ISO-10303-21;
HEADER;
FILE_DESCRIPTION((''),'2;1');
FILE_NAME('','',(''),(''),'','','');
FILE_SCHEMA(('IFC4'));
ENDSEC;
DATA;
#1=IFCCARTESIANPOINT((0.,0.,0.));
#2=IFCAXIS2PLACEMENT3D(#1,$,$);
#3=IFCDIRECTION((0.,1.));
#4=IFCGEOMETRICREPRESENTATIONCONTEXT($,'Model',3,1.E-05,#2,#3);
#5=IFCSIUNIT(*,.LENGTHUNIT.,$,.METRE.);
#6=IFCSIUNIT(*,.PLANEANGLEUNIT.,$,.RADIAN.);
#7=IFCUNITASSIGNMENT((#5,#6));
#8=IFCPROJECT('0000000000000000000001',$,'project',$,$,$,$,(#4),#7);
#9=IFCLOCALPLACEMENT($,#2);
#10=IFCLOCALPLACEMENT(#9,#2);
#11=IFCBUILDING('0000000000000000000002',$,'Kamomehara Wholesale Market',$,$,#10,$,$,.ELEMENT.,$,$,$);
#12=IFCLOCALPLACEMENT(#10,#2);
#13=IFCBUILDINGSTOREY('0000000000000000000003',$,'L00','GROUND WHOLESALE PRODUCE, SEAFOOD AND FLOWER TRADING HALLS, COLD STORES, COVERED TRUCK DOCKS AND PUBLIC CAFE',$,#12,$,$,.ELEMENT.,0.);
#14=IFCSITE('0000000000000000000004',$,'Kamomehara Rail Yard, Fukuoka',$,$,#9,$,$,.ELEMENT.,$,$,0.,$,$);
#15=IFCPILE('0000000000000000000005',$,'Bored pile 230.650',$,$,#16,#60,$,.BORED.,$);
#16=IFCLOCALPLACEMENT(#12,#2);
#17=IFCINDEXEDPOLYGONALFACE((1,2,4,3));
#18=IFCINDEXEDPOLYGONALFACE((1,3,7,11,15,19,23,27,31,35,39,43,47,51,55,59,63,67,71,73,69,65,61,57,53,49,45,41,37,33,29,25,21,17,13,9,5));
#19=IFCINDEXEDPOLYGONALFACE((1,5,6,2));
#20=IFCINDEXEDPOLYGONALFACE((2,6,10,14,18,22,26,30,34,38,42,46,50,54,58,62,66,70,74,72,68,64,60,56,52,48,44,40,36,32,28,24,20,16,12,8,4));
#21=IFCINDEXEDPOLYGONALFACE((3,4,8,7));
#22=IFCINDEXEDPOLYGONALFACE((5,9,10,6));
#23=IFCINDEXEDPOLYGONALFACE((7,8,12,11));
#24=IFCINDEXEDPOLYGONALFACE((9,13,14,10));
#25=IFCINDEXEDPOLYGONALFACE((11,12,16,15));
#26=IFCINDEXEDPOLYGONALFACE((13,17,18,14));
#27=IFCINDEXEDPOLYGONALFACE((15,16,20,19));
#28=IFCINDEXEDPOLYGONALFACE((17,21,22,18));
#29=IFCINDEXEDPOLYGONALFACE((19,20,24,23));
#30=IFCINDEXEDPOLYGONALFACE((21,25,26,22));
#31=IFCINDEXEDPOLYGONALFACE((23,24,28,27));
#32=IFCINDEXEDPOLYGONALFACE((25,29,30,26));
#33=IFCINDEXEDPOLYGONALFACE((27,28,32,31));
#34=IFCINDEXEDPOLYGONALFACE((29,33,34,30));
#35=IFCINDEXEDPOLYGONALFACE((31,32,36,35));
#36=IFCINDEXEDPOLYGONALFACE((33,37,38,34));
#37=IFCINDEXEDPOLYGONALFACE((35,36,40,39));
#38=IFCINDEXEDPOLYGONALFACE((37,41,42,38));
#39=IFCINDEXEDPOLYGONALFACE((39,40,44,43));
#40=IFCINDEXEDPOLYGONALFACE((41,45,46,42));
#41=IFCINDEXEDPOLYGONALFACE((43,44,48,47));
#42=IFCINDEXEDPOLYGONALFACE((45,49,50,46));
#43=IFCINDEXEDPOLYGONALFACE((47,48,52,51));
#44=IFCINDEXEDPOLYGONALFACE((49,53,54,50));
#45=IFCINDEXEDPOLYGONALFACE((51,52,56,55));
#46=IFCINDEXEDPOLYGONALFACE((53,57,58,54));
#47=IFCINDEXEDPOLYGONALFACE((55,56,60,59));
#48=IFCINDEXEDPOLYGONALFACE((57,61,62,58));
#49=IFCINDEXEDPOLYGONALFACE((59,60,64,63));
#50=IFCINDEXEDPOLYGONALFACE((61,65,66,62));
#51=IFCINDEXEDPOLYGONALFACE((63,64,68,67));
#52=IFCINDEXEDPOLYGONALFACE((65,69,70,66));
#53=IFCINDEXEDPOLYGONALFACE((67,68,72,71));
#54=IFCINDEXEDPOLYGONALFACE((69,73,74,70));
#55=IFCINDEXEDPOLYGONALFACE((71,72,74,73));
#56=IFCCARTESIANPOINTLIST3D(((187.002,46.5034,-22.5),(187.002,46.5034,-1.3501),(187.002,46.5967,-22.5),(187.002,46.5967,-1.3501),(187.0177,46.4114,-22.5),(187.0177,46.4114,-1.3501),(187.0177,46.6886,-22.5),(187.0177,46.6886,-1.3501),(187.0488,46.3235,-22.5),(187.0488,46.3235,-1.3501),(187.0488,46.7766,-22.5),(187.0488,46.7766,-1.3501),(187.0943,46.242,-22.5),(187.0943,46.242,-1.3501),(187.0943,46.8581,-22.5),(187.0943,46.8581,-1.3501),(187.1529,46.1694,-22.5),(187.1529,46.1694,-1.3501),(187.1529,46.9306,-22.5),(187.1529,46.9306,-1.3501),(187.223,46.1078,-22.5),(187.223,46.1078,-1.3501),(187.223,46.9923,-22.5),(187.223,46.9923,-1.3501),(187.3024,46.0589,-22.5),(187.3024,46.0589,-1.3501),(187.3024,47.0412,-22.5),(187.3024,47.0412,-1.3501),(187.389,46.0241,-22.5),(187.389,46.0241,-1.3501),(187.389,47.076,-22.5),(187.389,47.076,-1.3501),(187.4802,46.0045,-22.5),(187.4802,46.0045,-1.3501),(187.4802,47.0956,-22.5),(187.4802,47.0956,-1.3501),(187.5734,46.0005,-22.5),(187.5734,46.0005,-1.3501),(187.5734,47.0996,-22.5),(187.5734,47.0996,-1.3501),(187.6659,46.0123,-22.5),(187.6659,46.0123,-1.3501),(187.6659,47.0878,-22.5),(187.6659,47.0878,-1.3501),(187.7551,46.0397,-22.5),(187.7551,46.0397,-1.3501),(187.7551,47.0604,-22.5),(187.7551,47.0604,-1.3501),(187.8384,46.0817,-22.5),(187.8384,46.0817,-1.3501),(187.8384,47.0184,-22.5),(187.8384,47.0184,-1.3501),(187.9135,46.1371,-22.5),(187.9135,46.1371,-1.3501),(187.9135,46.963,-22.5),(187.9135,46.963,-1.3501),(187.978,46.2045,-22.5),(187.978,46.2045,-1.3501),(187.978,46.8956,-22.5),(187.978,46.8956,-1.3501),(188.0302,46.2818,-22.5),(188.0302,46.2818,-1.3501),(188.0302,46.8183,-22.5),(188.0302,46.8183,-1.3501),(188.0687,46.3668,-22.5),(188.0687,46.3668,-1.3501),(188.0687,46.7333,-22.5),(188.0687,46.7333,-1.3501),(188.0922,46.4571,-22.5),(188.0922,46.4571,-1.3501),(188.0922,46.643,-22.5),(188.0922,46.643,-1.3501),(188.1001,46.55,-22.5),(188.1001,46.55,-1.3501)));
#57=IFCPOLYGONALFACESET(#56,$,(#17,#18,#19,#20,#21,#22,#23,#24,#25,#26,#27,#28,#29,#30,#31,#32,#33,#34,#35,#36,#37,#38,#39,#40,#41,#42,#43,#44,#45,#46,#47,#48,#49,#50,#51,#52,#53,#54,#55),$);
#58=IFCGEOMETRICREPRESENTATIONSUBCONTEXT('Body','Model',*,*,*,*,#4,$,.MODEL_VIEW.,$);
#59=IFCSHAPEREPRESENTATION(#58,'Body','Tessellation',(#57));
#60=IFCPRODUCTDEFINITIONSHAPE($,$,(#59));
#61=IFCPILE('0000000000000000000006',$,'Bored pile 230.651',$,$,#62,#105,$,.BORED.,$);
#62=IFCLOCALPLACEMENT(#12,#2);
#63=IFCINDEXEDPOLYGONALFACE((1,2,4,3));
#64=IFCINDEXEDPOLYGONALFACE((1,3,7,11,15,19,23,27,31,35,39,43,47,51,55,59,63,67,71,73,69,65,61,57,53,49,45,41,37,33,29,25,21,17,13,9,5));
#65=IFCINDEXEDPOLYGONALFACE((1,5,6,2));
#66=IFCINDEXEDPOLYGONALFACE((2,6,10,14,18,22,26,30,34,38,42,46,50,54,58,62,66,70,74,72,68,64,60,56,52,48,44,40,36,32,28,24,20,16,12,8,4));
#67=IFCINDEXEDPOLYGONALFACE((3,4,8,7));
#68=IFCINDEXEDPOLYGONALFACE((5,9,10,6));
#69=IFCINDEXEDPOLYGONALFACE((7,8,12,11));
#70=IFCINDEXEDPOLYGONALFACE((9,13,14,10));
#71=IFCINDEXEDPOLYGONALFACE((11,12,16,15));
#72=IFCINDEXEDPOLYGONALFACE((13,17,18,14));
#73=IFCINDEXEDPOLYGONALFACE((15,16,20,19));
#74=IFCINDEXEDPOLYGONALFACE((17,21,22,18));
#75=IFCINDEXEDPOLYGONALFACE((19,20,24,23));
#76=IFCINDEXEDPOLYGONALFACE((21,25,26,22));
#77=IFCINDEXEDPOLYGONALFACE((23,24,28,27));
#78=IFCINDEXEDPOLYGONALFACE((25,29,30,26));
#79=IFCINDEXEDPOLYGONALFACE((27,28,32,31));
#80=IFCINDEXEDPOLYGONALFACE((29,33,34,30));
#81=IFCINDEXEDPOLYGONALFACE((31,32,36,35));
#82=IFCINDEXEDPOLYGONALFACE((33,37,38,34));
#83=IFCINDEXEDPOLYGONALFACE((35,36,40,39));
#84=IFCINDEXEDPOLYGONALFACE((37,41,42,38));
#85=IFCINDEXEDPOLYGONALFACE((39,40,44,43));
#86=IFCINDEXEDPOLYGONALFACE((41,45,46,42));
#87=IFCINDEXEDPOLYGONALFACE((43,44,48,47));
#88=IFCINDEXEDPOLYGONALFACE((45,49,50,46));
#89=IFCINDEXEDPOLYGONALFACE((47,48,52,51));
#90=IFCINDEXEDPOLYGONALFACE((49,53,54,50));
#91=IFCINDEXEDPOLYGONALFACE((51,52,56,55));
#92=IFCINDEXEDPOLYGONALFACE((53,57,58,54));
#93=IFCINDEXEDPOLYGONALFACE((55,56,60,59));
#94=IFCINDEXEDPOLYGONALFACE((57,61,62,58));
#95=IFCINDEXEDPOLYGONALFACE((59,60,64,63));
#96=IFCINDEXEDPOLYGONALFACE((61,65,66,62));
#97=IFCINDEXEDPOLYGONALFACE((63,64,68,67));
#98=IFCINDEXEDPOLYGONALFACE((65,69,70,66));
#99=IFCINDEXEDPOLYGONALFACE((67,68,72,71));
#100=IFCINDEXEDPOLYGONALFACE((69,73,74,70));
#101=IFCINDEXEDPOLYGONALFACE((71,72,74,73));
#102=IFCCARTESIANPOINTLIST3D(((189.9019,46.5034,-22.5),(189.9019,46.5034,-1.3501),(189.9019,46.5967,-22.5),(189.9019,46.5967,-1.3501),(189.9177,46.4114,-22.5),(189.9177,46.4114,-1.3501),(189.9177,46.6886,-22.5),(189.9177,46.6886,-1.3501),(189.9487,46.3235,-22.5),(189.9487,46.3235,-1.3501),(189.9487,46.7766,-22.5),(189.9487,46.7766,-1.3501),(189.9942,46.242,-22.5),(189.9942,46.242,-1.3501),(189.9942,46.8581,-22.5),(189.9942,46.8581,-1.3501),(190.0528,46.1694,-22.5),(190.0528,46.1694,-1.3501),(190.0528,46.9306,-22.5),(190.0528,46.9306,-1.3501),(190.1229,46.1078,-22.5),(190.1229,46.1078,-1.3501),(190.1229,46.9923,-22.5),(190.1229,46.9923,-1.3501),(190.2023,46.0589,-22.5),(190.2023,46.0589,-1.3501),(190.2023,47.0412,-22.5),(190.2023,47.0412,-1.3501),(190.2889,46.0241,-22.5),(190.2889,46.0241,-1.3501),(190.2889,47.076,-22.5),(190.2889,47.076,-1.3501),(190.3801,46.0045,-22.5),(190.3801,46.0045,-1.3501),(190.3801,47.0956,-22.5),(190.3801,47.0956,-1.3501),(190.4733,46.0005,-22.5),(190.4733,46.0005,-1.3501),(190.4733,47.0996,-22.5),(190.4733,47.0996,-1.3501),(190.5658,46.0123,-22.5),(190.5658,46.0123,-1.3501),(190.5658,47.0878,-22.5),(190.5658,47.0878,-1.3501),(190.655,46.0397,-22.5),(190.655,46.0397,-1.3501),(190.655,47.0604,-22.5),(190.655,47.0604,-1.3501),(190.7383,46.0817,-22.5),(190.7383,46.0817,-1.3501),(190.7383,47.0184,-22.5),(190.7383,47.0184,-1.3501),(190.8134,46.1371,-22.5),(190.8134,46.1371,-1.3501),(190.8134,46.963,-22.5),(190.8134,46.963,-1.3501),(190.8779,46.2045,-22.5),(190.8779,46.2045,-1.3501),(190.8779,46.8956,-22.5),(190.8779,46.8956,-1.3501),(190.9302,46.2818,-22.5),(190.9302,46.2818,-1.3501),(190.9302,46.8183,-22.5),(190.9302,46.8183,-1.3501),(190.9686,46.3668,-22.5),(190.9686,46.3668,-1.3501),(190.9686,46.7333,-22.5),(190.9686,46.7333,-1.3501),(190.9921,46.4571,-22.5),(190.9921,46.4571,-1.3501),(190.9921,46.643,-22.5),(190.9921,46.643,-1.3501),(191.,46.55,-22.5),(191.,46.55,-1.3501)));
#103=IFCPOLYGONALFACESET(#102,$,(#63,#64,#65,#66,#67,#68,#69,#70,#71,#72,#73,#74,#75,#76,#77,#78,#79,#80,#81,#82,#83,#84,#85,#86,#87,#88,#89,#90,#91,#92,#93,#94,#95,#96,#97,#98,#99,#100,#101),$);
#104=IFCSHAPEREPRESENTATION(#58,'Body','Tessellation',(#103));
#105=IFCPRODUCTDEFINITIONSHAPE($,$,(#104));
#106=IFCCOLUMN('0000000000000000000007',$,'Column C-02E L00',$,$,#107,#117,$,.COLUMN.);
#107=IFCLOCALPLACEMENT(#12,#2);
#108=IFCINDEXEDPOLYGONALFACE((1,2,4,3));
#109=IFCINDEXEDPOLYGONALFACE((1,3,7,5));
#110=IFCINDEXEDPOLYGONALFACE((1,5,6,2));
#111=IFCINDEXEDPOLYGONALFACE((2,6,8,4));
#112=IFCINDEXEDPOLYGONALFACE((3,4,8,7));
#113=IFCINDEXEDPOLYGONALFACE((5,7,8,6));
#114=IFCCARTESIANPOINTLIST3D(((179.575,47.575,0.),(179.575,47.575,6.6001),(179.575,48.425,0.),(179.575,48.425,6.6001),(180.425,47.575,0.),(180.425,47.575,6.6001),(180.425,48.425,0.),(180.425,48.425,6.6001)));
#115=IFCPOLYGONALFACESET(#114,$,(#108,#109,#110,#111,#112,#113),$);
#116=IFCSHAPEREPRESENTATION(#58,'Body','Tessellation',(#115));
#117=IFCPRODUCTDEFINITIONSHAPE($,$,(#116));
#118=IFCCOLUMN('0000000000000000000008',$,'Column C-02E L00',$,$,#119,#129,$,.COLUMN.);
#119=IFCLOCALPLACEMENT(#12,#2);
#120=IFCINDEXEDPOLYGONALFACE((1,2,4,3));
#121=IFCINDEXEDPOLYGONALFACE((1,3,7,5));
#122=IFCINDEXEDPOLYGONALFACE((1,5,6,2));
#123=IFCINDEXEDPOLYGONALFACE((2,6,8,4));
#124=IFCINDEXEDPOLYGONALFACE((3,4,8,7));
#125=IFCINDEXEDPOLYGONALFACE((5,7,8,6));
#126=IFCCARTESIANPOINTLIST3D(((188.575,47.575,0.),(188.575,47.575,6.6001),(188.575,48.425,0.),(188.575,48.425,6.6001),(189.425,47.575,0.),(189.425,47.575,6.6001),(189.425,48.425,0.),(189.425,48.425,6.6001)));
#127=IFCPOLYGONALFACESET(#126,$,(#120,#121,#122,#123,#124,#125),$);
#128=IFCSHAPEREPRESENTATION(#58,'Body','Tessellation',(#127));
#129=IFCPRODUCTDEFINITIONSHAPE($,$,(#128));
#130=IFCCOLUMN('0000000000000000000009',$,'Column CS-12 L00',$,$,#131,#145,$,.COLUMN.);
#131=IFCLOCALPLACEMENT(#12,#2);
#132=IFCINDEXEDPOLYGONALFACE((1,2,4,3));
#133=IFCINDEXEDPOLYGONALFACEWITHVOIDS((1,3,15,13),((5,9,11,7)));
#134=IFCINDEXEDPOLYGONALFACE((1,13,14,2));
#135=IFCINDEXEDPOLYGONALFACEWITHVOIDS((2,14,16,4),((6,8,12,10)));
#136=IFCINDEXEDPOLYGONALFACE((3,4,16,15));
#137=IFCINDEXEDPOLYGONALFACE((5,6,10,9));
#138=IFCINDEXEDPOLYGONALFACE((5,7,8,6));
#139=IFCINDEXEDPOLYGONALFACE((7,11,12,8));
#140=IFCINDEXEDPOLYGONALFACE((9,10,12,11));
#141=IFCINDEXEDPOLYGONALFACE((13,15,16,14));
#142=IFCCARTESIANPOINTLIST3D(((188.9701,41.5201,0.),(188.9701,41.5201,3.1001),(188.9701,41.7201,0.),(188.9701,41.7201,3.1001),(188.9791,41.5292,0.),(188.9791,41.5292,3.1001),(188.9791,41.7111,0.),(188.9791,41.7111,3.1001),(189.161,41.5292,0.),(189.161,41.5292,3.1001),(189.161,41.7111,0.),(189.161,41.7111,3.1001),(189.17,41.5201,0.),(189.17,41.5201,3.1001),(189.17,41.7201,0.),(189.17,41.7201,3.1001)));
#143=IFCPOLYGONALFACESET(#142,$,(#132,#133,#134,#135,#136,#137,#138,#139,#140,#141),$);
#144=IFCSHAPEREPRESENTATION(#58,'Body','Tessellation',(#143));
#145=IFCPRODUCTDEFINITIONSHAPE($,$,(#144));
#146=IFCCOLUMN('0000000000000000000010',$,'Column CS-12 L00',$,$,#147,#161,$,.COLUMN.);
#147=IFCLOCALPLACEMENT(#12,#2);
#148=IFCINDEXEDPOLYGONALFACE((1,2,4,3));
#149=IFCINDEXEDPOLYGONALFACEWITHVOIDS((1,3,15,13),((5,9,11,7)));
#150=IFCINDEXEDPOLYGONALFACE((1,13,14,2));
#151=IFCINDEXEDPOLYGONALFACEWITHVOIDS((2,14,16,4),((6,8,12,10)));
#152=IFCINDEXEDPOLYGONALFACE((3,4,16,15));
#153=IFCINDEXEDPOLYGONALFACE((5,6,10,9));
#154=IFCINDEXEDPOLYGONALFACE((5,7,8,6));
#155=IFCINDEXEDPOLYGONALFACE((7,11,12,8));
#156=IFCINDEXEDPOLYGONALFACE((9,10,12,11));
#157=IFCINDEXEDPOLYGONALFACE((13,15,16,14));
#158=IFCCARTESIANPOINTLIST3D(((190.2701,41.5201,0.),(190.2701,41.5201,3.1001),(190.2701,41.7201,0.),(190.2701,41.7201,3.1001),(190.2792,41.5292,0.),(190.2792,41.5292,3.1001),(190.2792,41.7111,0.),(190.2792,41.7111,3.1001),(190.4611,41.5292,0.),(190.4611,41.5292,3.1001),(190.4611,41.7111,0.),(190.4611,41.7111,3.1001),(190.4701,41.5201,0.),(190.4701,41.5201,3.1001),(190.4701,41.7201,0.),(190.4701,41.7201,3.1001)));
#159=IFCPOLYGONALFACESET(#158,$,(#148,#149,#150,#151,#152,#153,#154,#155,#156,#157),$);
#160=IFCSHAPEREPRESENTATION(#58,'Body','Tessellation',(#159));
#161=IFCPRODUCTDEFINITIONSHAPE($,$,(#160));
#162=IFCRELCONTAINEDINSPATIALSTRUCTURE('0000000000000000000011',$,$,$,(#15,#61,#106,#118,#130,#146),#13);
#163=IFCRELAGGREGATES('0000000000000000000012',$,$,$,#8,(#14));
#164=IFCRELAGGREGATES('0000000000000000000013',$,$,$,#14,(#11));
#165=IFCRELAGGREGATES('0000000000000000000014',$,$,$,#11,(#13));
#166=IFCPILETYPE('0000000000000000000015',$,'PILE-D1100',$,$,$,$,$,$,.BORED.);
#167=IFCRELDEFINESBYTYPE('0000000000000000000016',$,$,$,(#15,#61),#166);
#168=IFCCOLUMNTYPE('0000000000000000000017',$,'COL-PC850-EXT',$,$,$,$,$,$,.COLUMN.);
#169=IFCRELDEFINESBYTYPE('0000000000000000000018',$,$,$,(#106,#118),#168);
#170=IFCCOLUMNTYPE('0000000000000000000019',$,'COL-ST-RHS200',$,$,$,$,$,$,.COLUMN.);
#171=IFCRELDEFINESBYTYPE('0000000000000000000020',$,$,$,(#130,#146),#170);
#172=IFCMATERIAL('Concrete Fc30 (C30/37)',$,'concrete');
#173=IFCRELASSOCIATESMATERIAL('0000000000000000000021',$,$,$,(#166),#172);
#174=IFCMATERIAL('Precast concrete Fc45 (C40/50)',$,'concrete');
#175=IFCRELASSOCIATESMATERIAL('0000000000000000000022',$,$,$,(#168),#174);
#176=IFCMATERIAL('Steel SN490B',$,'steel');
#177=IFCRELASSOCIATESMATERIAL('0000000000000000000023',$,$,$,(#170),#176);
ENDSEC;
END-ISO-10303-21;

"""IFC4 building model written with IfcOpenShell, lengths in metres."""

from ifc_helpers import new_model, si_unit, direction, frame, origin, origin_2d, place, context, subcontext, project, spatial, rectangle, hollow_rectangle, circle, extrude, material, material_profile, profile_set, type_object, element, save


model = new_model("IFC4")

# Units and contexts
model_context = context("Model", 3, precision=1e-05, world=origin(), true_north=direction((0.0, 1.0)))
body_context = subcontext(model_context, "Body", "Model", "MODEL_VIEW")
ifc_project = project(units=[si_unit("LENGTHUNIT", "METRE"), si_unit("PLANEANGLEUNIT", "RADIAN")], contexts=[model_context])

# Site, building, storey
site_placement = place(None, origin())
site = spatial("IfcSite", under=ifc_project, at=site_placement, Name="Kamomehara Rail Yard, Fukuoka", CompositionType="ELEMENT", RefElevation=0.0)
building_placement = place(site_placement, origin())
building = spatial("IfcBuilding", under=site, at=building_placement, Name="Kamomehara Wholesale Market", CompositionType="ELEMENT")
storey_placement = place(building_placement, origin())
storey = spatial("IfcBuildingStorey", under=building, at=storey_placement, Name="L00", Description="GROUND WHOLESALE PRODUCE, SEAFOOD AND FLOWER TRADING HALLS, COLD STORES, COVERED TRUCK DOCKS AND PUBLIC CAFE", CompositionType="ELEMENT", Elevation=0.0)

# Piles
ifc_material_1 = material(Name="Concrete Fc30 (C30/37)", Category="concrete")
ifc_material_profile_1 = material_profile(ifc_material_1, circle(Radius=0.55, at=origin_2d()), Name="RC-PILE-D1100")
ifc_profile_set_1 = profile_set([ifc_material_profile_1], Name="Concrete Fc30 (C30/37)")
pile_type_1 = type_object("IfcPileType", Name="PILE-D1100", PredefinedType="BORED", material=ifc_profile_set_1)
for number, where, z_axis, x_axis, name in (
    (1, (187.55, 46.55, -1.3501), (0.0, 0.0, -1.0), (1.0, 0.0, 0.0), "Bored pile 230.650"),
    (2, (190.45, 46.55, -1.3501), (0.0, 0.0, -1.0), (1.0, 0.0, 0.0), "Bored pile 230.651"),
):
    element("IfcPile", number, at=place(storey_placement, frame(where, z_axis=z_axis, x_axis=x_axis)), inside=storey, type_object=pile_type_1, Name=name, PredefinedType="BORED", context=body_context, shape_type="SweptSolid", body=[
        extrude(circle(Radius=0.55, at=origin_2d()), origin(), (0.0, 0.0, 1.0), 21.1499),
    ])

# Columns
ifc_material_2 = material(Name="Precast concrete Fc45 (C40/50)", Category="concrete")
ifc_material_profile_2 = material_profile(ifc_material_2, rectangle(XDim=0.8501, YDim=0.8501, at=origin_2d()), Name="PC-COL-850x850")
ifc_profile_set_2 = profile_set([ifc_material_profile_2], Name="Precast concrete Fc45 (C40/50)")
column_type_1 = type_object("IfcColumnType", Name="COL-PC850-EXT", PredefinedType="COLUMN", material=ifc_profile_set_2)
for number, where, z_axis, x_axis, name in (
    (3, (180.0, 48.0, 0.0), (0.0, 0.0, 1.0), (1.0, 0.0, 0.0), "Column C-02E L00"),
    (4, (189.0, 48.0, 0.0), (0.0, 0.0, 1.0), (1.0, 0.0, 0.0), "Column C-02E L00"),
):
    element("IfcColumn", number, at=place(storey_placement, frame(where, z_axis=z_axis, x_axis=x_axis)), inside=storey, type_object=column_type_1, Name=name, PredefinedType="COLUMN", context=body_context, shape_type="SweptSolid", body=[
        extrude(rectangle(XDim=0.8501, YDim=0.8501, at=origin_2d()), origin(), (0.0, 0.0, 1.0), 6.6001),
    ])
ifc_material_3 = material(Name="Steel SN490B", Category="steel")
ifc_material_profile_3 = material_profile(ifc_material_3, hollow_rectangle(XDim=0.2, YDim=0.2, WallThickness=0.009, at=origin_2d()), Name="RHS-200x200x9")
ifc_profile_set_3 = profile_set([ifc_material_profile_3], Name="Steel SN490B")
column_type_2 = type_object("IfcColumnType", Name="COL-ST-RHS200", PredefinedType="COLUMN", material=ifc_profile_set_3)
for number, where, z_axis, x_axis, name in (
    (5, (189.0701, 41.6201, 0.0), (0.0, 0.0, 1.0), (1.0, 0.0, 0.0), "Column CS-12 L00"),
    (6, (190.3701, 41.6201, 0.0), (0.0, 0.0, 1.0), (1.0, 0.0, 0.0), "Column CS-12 L00"),
):
    element("IfcColumn", number, at=place(storey_placement, frame(where, z_axis=z_axis, x_axis=x_axis)), inside=storey, type_object=column_type_2, Name=name, PredefinedType="COLUMN", context=body_context, shape_type="SweptSolid", body=[
        extrude(hollow_rectangle(XDim=0.2, YDim=0.2, WallThickness=0.009, at=origin_2d()), origin(), (0.0, 0.0, 1.0), 3.1001),
    ])

save(model, "model.ifc")
